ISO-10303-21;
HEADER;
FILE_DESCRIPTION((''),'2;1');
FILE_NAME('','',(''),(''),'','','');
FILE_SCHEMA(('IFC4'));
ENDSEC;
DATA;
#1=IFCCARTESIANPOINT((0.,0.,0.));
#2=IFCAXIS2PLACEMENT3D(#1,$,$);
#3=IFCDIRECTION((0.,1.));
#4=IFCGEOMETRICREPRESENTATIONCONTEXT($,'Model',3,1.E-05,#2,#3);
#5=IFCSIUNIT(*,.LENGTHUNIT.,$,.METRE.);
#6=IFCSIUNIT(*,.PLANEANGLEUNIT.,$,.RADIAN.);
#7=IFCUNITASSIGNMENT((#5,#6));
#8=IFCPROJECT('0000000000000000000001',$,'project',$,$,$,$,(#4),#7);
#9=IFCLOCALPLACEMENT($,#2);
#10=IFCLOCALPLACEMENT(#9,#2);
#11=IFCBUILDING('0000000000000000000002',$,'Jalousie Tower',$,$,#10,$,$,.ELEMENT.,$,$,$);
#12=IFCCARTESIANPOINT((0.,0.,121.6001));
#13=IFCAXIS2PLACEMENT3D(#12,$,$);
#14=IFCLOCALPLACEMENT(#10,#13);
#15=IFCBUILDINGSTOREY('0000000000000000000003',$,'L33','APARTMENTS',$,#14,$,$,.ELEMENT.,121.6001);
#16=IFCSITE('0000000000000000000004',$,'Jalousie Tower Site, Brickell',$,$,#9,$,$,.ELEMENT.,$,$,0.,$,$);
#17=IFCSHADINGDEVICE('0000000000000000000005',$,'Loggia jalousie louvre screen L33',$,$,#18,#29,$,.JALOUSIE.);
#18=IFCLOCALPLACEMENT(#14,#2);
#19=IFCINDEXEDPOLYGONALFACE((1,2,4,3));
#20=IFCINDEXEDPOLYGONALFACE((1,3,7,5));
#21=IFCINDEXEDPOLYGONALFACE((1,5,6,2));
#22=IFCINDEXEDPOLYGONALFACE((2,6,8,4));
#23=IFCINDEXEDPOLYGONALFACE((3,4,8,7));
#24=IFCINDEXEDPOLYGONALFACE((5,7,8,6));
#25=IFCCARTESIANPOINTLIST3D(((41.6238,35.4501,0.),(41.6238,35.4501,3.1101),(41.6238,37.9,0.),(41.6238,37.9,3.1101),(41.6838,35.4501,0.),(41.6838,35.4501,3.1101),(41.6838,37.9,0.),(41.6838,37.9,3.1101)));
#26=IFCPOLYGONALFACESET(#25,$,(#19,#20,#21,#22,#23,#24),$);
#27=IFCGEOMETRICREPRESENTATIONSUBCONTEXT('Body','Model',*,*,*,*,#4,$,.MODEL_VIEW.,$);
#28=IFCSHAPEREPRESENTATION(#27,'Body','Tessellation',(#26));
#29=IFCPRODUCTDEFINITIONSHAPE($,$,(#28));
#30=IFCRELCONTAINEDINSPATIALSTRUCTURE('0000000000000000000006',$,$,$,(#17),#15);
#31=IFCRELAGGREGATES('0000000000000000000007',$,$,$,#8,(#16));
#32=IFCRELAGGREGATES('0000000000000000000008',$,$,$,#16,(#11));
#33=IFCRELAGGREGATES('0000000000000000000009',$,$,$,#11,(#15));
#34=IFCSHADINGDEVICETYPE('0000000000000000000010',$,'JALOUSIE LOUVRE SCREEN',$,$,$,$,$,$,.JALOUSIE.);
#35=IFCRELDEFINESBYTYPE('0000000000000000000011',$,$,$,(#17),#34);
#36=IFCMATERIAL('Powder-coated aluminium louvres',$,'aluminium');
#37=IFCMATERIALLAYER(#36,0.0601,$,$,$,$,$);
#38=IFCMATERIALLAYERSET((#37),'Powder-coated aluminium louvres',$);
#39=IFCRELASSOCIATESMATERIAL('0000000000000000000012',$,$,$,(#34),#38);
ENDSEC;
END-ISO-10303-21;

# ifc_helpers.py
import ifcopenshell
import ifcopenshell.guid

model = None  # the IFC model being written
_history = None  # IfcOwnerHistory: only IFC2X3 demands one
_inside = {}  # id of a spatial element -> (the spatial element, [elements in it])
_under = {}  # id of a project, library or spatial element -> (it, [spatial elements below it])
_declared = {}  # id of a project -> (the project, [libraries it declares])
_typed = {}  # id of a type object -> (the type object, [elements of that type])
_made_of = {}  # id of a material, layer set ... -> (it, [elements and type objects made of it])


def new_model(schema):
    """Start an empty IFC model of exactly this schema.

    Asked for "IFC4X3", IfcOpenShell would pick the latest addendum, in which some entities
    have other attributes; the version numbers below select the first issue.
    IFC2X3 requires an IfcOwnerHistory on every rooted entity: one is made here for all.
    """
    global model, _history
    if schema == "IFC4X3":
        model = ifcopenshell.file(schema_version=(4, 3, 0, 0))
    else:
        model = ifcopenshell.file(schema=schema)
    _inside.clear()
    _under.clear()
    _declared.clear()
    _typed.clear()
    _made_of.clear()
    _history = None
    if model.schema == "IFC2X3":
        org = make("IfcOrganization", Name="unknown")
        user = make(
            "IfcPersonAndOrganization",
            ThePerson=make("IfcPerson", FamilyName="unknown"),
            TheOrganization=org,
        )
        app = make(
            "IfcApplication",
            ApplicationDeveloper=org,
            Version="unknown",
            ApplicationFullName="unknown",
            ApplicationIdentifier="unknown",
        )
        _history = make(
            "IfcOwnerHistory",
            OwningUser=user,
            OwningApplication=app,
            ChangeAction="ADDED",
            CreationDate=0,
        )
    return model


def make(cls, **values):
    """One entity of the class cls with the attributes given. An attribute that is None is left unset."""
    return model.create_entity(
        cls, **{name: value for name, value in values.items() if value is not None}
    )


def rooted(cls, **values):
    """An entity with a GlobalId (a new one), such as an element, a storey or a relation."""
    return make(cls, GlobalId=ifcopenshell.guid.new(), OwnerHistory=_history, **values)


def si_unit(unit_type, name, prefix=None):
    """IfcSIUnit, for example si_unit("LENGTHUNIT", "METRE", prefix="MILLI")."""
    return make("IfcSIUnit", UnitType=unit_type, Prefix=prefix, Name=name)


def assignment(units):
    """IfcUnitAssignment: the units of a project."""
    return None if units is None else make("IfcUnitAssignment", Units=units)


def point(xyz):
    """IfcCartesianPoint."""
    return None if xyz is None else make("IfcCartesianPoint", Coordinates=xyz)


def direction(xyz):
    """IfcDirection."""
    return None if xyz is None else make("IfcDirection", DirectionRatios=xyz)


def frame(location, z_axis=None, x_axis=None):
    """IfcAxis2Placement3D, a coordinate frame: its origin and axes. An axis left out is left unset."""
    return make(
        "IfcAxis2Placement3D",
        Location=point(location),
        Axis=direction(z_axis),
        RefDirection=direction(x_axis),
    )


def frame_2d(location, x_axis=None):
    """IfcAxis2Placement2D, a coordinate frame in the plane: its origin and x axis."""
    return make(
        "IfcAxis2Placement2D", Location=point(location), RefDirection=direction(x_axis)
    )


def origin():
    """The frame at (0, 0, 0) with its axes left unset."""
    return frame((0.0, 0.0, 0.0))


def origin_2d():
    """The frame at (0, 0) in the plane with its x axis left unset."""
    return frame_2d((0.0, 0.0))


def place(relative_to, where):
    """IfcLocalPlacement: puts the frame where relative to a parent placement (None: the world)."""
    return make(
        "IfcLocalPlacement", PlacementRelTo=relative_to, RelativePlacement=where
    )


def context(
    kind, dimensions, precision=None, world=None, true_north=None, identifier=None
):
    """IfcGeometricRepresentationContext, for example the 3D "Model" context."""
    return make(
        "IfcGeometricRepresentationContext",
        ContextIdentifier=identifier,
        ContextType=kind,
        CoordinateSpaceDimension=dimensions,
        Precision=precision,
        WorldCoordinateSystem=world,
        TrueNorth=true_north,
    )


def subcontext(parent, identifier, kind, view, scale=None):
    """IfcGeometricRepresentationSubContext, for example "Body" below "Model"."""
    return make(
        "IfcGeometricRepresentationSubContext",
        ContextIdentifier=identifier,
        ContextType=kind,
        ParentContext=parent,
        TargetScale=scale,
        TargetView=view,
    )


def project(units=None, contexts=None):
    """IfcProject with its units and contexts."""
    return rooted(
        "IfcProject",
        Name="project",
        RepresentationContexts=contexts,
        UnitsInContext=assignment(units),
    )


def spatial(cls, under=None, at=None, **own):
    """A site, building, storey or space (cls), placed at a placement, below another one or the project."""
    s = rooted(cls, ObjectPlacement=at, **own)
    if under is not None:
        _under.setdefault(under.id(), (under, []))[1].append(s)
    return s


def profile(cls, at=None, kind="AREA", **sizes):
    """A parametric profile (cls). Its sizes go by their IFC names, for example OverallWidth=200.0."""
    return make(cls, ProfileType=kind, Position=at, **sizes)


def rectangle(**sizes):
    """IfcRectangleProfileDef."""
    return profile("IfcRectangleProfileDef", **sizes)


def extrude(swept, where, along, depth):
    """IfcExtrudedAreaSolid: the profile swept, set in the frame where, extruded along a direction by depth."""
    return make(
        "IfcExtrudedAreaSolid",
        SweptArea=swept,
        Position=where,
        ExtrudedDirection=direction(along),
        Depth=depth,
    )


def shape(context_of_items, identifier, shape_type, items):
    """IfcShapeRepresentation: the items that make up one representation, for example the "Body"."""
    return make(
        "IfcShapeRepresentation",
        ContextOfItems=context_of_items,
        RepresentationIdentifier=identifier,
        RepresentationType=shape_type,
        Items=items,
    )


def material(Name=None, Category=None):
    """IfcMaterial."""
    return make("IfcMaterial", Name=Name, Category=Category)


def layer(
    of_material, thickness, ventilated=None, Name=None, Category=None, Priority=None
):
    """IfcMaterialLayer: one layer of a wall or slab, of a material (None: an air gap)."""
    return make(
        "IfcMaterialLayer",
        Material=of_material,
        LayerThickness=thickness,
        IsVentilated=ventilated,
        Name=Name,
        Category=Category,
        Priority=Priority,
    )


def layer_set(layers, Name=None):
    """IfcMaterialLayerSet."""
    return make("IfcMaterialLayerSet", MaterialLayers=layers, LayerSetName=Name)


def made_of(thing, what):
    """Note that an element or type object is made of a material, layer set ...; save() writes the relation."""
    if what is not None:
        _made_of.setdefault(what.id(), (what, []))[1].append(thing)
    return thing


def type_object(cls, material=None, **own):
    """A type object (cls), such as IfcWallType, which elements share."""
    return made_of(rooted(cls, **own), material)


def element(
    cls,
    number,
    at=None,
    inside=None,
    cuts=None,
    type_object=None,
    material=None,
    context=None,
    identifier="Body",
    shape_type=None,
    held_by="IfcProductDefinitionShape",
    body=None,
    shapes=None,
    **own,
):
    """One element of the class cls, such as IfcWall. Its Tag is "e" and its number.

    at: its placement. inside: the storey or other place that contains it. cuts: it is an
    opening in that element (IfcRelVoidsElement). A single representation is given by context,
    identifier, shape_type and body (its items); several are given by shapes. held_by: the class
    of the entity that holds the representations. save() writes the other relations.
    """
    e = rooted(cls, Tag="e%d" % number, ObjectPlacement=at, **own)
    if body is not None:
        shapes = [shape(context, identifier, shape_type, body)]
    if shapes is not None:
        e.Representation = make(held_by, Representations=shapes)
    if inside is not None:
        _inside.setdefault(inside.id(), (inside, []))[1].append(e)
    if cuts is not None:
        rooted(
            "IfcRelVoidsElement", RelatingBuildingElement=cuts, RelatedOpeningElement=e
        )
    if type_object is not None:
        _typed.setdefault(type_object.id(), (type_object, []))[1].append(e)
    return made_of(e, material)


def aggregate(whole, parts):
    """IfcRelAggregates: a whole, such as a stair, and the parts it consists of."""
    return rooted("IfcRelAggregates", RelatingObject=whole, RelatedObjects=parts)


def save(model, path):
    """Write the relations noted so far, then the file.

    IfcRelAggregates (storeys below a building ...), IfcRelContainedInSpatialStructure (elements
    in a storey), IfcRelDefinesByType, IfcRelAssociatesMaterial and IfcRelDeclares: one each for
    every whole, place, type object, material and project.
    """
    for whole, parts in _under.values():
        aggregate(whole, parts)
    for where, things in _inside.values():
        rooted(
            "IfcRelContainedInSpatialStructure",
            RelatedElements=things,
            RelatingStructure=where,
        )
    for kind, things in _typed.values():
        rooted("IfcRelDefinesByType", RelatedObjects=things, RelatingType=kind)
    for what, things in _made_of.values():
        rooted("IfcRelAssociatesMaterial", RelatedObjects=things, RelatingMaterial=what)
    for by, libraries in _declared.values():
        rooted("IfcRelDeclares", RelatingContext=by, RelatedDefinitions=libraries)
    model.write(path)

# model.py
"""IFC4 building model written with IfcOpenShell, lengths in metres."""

from ifc_helpers import new_model, si_unit, direction, frame, origin, origin_2d, place, context, subcontext, project, spatial, rectangle, extrude, material, layer, layer_set, type_object, element, save


model = new_model("IFC4")

# Units and contexts
model_context = context("Model", 3, precision=1e-05, world=origin(), true_north=direction((0.0, 1.0)))
body_context = subcontext(model_context, "Body", "Model", "MODEL_VIEW")
ifc_project = project(units=[si_unit("LENGTHUNIT", "METRE"), si_unit("PLANEANGLEUNIT", "RADIAN")], contexts=[model_context])

# Site, building, storey
site_placement = place(None, origin())
site = spatial("IfcSite", under=ifc_project, at=site_placement, Name="Jalousie Tower Site, Brickell", CompositionType="ELEMENT", RefElevation=0.0)
building_placement = place(site_placement, origin())
building = spatial("IfcBuilding", under=site, at=building_placement, Name="Jalousie Tower", CompositionType="ELEMENT")
storey_placement = place(building_placement, frame((0.0, 0.0, 121.6001)))
storey = spatial("IfcBuildingStorey", under=building, at=storey_placement, Name="L33", Description="APARTMENTS", CompositionType="ELEMENT", Elevation=121.6001)

# Shading device
ifc_material_1 = material(Name="Powder-coated aluminium louvres", Category="aluminium")
ifc_layer_1 = layer(ifc_material_1, 0.0601)
ifc_layer_set_1 = layer_set([ifc_layer_1], Name="Powder-coated aluminium louvres")
shading_device_type = type_object("IfcShadingDeviceType", Name="JALOUSIE LOUVRE SCREEN", PredefinedType="JALOUSIE", material=ifc_layer_set_1)
shading_device_placement = place(storey_placement, frame((41.6538, 36.675, 0.0), z_axis=(0.0, 0.0, 1.0), x_axis=(-1.0, 0.0, 0.0)))
element("IfcShadingDevice", 1, at=shading_device_placement, inside=storey, type_object=shading_device_type, Name="Loggia jalousie louvre screen L33", PredefinedType="JALOUSIE", context=body_context, shape_type="SweptSolid", body=[
    extrude(rectangle(XDim=0.0601, YDim=2.45, at=origin_2d()), origin(), (0.0, 0.0, 1.0), 3.1101),
])

save(model, "model.ifc")
